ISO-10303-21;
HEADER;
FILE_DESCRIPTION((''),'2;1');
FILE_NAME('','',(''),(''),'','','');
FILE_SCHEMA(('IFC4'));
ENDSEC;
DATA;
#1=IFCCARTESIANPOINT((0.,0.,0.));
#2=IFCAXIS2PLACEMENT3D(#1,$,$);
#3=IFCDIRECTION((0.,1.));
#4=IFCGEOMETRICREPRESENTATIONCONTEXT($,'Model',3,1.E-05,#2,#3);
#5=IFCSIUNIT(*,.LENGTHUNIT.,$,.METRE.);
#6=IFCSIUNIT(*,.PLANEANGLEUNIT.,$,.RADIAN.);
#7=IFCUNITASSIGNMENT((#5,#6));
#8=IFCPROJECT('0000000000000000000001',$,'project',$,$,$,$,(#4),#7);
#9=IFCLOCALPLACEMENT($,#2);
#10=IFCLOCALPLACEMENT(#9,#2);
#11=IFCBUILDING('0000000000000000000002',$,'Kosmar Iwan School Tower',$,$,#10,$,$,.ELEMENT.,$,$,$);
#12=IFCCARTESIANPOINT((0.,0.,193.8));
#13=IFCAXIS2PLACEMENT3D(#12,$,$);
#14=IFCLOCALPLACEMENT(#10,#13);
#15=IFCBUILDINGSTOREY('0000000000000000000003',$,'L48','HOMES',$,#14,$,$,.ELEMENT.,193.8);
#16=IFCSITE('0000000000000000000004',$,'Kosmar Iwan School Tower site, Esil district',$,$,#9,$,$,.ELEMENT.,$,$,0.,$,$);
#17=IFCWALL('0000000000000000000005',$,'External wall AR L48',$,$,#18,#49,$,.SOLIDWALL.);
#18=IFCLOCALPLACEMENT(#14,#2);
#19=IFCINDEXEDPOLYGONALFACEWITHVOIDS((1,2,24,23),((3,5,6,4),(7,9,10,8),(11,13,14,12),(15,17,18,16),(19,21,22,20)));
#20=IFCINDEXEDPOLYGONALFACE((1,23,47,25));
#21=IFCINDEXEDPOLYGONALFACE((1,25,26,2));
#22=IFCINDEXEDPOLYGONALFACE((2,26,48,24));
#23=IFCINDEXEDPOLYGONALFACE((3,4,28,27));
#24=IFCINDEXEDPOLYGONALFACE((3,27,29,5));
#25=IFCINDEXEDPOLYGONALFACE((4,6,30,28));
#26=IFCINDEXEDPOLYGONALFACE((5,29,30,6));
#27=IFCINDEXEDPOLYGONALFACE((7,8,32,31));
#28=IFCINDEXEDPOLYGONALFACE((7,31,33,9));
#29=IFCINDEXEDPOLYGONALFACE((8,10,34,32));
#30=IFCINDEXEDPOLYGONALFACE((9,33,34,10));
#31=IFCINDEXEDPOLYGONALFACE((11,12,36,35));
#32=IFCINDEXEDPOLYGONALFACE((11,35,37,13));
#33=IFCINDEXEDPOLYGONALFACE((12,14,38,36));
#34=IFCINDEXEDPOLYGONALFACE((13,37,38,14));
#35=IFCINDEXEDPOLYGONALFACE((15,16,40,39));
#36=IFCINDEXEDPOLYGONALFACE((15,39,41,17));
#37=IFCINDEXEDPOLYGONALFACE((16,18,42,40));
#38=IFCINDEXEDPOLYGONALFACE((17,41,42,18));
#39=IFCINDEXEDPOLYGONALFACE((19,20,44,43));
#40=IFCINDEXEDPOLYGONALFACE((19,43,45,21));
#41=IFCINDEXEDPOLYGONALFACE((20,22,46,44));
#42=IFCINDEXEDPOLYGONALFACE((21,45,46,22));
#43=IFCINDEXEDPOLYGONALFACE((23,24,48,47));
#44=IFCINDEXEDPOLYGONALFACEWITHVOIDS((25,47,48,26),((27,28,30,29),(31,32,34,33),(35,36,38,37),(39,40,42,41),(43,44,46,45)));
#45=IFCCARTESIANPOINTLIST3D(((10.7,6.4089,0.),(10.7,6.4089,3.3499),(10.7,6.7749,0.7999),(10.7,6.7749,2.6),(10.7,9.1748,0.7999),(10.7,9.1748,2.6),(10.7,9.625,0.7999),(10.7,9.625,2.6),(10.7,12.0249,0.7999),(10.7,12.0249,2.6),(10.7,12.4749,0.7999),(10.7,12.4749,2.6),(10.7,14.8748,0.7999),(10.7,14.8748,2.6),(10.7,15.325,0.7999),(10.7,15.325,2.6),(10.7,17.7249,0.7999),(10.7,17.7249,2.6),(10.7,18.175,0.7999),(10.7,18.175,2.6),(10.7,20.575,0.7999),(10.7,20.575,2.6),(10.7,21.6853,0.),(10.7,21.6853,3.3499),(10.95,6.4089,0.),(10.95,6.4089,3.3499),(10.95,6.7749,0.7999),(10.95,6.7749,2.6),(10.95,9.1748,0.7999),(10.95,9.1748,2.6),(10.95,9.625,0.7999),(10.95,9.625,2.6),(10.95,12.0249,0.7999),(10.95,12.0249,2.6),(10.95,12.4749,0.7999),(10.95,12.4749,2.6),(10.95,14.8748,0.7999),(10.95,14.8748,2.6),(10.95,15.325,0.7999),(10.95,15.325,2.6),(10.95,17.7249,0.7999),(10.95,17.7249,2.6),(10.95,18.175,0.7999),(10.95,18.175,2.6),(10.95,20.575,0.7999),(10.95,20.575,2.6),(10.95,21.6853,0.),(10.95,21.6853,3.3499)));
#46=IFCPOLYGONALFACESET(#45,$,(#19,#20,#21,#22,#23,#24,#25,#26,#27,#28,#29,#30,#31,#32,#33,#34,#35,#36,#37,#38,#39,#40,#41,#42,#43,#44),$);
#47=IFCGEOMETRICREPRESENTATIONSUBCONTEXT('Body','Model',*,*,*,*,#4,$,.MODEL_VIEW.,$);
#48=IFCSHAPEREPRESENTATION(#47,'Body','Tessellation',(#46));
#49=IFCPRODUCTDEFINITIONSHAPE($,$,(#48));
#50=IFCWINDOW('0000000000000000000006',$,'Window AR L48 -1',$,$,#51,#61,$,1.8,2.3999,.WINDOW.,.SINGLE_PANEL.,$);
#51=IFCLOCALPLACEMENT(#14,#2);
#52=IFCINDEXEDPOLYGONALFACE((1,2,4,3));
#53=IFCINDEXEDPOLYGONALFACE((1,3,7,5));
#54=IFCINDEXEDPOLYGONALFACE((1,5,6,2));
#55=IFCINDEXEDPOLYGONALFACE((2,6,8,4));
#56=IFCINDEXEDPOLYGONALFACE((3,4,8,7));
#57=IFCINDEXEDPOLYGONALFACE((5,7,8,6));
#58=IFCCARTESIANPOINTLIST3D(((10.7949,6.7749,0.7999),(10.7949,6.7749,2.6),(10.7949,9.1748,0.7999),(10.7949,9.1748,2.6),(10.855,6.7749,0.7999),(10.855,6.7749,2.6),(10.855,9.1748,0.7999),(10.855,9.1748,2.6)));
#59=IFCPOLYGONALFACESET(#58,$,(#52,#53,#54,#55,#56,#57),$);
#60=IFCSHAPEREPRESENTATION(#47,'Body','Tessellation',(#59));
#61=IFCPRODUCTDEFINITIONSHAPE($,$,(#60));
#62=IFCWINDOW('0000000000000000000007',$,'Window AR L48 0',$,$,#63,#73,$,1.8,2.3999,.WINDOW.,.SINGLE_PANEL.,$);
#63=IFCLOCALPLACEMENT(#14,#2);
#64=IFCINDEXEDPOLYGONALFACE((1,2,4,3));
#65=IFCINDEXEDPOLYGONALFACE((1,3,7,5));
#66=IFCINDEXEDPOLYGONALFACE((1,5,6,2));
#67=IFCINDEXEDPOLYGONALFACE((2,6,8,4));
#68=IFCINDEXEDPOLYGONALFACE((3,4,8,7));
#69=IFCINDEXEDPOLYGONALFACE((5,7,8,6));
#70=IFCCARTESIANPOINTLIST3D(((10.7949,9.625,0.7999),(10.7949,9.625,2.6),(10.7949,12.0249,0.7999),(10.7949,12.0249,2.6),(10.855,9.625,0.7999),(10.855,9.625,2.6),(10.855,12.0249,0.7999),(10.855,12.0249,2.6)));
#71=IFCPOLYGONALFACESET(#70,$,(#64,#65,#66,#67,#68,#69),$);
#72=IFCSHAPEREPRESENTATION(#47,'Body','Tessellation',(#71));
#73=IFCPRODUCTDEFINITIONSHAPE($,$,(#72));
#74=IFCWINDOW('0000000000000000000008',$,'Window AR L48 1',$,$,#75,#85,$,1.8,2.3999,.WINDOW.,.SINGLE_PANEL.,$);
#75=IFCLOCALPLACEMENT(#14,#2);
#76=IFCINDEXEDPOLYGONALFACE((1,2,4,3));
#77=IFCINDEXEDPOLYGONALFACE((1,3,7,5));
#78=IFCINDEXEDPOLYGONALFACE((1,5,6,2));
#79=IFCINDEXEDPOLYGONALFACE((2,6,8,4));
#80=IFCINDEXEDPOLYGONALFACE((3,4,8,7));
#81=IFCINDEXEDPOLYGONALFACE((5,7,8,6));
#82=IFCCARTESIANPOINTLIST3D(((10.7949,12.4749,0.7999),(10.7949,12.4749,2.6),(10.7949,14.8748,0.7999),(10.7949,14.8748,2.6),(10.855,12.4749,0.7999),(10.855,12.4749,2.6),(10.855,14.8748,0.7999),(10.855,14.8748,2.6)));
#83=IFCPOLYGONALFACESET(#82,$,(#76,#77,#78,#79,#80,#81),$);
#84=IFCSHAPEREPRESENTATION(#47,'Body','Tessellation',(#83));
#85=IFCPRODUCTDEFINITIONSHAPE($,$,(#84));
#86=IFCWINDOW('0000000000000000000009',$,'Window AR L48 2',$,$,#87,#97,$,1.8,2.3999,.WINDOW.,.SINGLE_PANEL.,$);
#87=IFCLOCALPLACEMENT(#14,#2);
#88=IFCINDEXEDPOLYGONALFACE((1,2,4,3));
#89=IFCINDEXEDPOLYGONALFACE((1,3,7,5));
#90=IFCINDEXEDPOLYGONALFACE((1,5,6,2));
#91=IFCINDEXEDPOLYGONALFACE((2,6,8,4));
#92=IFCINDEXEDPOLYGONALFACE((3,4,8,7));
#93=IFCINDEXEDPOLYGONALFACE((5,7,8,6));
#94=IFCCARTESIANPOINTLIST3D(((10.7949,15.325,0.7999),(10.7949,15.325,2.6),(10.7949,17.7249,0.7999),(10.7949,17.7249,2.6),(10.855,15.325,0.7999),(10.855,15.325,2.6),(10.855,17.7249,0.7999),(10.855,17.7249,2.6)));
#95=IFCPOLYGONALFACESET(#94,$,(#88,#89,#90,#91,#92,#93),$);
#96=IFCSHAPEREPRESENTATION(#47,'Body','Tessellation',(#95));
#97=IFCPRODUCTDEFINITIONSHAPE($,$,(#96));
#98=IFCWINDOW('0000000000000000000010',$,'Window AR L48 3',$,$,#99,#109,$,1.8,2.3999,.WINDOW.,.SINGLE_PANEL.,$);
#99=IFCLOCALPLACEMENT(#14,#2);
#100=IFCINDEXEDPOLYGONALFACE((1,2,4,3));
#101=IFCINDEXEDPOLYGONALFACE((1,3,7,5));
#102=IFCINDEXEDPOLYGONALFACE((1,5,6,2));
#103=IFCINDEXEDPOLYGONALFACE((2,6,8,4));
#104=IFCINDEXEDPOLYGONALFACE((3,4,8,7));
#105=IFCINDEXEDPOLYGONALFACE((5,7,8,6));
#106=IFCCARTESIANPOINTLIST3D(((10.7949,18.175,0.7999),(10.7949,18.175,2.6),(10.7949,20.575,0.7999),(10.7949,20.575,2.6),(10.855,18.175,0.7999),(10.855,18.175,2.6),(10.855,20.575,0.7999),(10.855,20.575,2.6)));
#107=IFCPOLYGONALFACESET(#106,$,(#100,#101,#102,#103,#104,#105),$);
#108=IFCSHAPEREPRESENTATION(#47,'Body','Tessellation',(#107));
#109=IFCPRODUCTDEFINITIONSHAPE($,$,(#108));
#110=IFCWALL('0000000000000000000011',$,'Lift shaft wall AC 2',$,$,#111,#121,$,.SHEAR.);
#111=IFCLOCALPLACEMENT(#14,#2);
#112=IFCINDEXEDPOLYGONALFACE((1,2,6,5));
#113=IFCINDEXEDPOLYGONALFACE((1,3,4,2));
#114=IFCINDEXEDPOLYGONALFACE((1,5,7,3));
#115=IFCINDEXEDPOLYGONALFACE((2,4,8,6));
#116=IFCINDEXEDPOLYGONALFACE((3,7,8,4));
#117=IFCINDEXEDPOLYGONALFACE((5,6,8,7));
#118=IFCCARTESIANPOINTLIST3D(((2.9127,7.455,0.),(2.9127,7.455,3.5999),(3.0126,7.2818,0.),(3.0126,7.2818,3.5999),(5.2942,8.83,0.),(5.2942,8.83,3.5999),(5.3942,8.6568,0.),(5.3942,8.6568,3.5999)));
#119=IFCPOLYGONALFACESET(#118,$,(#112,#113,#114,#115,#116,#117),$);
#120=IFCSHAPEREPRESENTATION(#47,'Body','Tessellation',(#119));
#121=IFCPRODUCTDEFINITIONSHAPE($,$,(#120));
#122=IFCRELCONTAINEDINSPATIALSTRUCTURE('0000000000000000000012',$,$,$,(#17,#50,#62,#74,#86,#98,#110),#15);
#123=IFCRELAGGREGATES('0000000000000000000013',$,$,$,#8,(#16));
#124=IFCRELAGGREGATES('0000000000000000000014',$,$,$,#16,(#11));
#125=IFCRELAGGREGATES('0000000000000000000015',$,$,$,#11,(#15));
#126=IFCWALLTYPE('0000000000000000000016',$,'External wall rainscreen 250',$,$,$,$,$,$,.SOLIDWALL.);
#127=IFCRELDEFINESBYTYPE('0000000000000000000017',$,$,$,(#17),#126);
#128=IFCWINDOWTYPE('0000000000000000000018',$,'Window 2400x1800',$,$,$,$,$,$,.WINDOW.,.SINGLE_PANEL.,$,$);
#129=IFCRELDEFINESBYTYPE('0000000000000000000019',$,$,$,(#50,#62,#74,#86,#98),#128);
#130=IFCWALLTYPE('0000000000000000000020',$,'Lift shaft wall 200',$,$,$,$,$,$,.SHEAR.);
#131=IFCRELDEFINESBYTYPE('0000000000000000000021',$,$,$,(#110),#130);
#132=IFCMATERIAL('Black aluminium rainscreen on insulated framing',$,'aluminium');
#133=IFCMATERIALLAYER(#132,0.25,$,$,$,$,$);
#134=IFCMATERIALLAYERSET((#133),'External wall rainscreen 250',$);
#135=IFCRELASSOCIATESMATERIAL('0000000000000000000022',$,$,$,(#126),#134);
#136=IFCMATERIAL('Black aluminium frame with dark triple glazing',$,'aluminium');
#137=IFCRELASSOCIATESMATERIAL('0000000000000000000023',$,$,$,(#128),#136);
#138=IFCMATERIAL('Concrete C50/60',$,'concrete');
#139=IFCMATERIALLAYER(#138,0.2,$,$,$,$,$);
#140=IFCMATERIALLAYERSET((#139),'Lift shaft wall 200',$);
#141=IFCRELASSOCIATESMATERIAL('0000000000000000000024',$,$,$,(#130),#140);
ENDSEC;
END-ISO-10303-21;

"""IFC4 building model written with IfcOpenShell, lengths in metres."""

from ifc_helpers import new_model, si_unit, direction, frame, frame_2d, origin, place, context, subcontext, project, spatial, rectangle, extrude, material, layer, layer_set, type_object, element, fill, save


model = new_model("IFC4")

# Units and contexts
model_context = context("Model", 3, precision=1e-05, world=origin(), true_north=direction((0.0, 1.0)))
body_context = subcontext(model_context, "Body", "Model", "MODEL_VIEW")
ifc_project = project(units=[si_unit("LENGTHUNIT", "METRE"), si_unit("PLANEANGLEUNIT", "RADIAN")], contexts=[model_context])

# Site, building, storey
site_placement = place(None, origin())
site = spatial("IfcSite", under=ifc_project, at=site_placement, Name="Kosmar Iwan School Tower site, Esil district", CompositionType="ELEMENT", RefElevation=0.0)
building_placement = place(site_placement, origin())
building = spatial("IfcBuilding", under=site, at=building_placement, Name="Kosmar Iwan School Tower", CompositionType="ELEMENT")
storey_placement = place(building_placement, frame((0.0, 0.0, 193.8)))
storey = spatial("IfcBuildingStorey", under=building, at=storey_placement, Name="L48", Description="HOMES", CompositionType="ELEMENT", Elevation=193.8)

# Wall, openings, windows
ifc_material_1 = material(Name="Black aluminium rainscreen on insulated framing", Category="aluminium")
ifc_layer_1 = layer(ifc_material_1, 0.25)
ifc_layer_set_1 = layer_set([ifc_layer_1], Name="External wall rainscreen 250")
wall_type_1 = type_object("IfcWallType", Name="External wall rainscreen 250", PredefinedType="SOLIDWALL", material=ifc_layer_set_1)
wall_1_placement = place(storey_placement, frame((10.825, 6.4089, 0.0), z_axis=(0.0, 0.0, 1.0), x_axis=(0.0, 1.0, 0.0)))
wall_1 = element("IfcWall", 1, at=wall_1_placement, inside=storey, type_object=wall_type_1, Name="External wall AR L48", PredefinedType="SOLIDWALL", context=body_context, shape_type="SweptSolid", body=[
    extrude(rectangle(XDim=15.2764, YDim=0.25, at=frame_2d((7.6382, 0.0))), origin(), (0.0, 0.0, 1.0), 3.3499),
])
opening_1_placement = place(wall_1_placement, frame((0.366, 0.0, 0.8)))
opening_1 = element("IfcOpeningElement", 2, at=opening_1_placement, cuts=wall_1, PredefinedType="OPENING", context=body_context, shape_type="SweptSolid", body=[
    extrude(rectangle(XDim=2.3999, YDim=1.8, at=frame_2d((1.2, 0.8999))), frame((0.0, 0.137, 0.0), z_axis=(0.0, -1.0, 0.0), x_axis=(1.0, 0.0, 0.0)), (0.0, 0.0, 1.0), 0.2739),
])
opening_2_placement = place(wall_1_placement, frame((3.2161, 0.0, 0.8)))
opening_2 = element("IfcOpeningElement", 3, at=opening_2_placement, cuts=wall_1, PredefinedType="OPENING", context=body_context, shape_type="SweptSolid", body=[
    extrude(rectangle(XDim=2.3999, YDim=1.8, at=frame_2d((1.2, 0.8999))), frame((0.0, 0.137, 0.0), z_axis=(0.0, -1.0, 0.0), x_axis=(1.0, 0.0, 0.0)), (0.0, 0.0, 1.0), 0.2739),
])
opening_3_placement = place(wall_1_placement, frame((6.0659, 0.0, 0.8)))
opening_3 = element("IfcOpeningElement", 4, at=opening_3_placement, cuts=wall_1, PredefinedType="OPENING", context=body_context, shape_type="SweptSolid", body=[
    extrude(rectangle(XDim=2.3999, YDim=1.8, at=frame_2d((1.2, 0.8999))), frame((0.0, 0.137, 0.0), z_axis=(0.0, -1.0, 0.0), x_axis=(1.0, 0.0, 0.0)), (0.0, 0.0, 1.0), 0.2739),
])
opening_4_placement = place(wall_1_placement, frame((8.916, 0.0, 0.8)))
opening_4 = element("IfcOpeningElement", 5, at=opening_4_placement, cuts=wall_1, PredefinedType="OPENING", context=body_context, shape_type="SweptSolid", body=[
    extrude(rectangle(XDim=2.3999, YDim=1.8, at=frame_2d((1.2, 0.8999))), frame((0.0, 0.137, 0.0), z_axis=(0.0, -1.0, 0.0), x_axis=(1.0, 0.0, 0.0)), (0.0, 0.0, 1.0), 0.2739),
])
opening_5_placement = place(wall_1_placement, frame((11.7661, 0.0, 0.8)))
opening_5 = element("IfcOpeningElement", 6, at=opening_5_placement, cuts=wall_1, PredefinedType="OPENING", context=body_context, shape_type="SweptSolid", body=[
    extrude(rectangle(XDim=2.3999, YDim=1.8, at=frame_2d((1.2, 0.8999))), frame((0.0, 0.137, 0.0), z_axis=(0.0, -1.0, 0.0), x_axis=(1.0, 0.0, 0.0)), (0.0, 0.0, 1.0), 0.2739),
])
ifc_material_2 = material(Name="Black aluminium frame with dark triple glazing", Category="aluminium")
window_type = type_object("IfcWindowType", Name="Window 2400x1800", PartitioningType="SINGLE_PANEL", PredefinedType="WINDOW", material=ifc_material_2)
window_1_placement = place(opening_1_placement, origin())
window_1 = element("IfcWindow", 7, at=window_1_placement, inside=storey, type_object=window_type, Name="Window AR L48 -1", OverallHeight=1.8, OverallWidth=2.3999, PartitioningType="SINGLE_PANEL", PredefinedType="WINDOW", context=body_context, shape_type="SweptSolid", body=[
    extrude(rectangle(XDim=2.3999, YDim=1.8, at=frame_2d((1.2, 0.8999))), frame((0.0, 0.03, 0.0), z_axis=(0.0, -1.0, 0.0), x_axis=(1.0, 0.0, 0.0)), (0.0, 0.0, 1.0), 0.0601),
])
fill(opening_1, window_1)
window_2_placement = place(opening_2_placement, origin())
window_2 = element("IfcWindow", 8, at=window_2_placement, inside=storey, type_object=window_type, Name="Window AR L48 0", OverallHeight=1.8, OverallWidth=2.3999, PartitioningType="SINGLE_PANEL", PredefinedType="WINDOW", context=body_context, shape_type="SweptSolid", body=[
    extrude(rectangle(XDim=2.3999, YDim=1.8, at=frame_2d((1.2, 0.8999))), frame((0.0, 0.03, 0.0), z_axis=(0.0, -1.0, 0.0), x_axis=(1.0, 0.0, 0.0)), (0.0, 0.0, 1.0), 0.0601),
])
fill(opening_2, window_2)
window_3_placement = place(opening_3_placement, origin())
window_3 = element("IfcWindow", 9, at=window_3_placement, inside=storey, type_object=window_type, Name="Window AR L48 1", OverallHeight=1.8, OverallWidth=2.3999, PartitioningType="SINGLE_PANEL", PredefinedType="WINDOW", context=body_context, shape_type="SweptSolid", body=[
    extrude(rectangle(XDim=2.3999, YDim=1.8, at=frame_2d((1.2, 0.8999))), frame((0.0, 0.03, 0.0), z_axis=(0.0, -1.0, 0.0), x_axis=(1.0, 0.0, 0.0)), (0.0, 0.0, 1.0), 0.0601),
])
fill(opening_3, window_3)
window_4_placement = place(opening_4_placement, origin())
window_4 = element("IfcWindow", 10, at=window_4_placement, inside=storey, type_object=window_type, Name="Window AR L48 2", OverallHeight=1.8, OverallWidth=2.3999, PartitioningType="SINGLE_PANEL", PredefinedType="WINDOW", context=body_context, shape_type="SweptSolid", body=[
    extrude(rectangle(XDim=2.3999, YDim=1.8, at=frame_2d((1.2, 0.8999))), frame((0.0, 0.03, 0.0), z_axis=(0.0, -1.0, 0.0), x_axis=(1.0, 0.0, 0.0)), (0.0, 0.0, 1.0), 0.0601),
])
fill(opening_4, window_4)
window_5_placement = place(opening_5_placement, origin())
window_5 = element("IfcWindow", 11, at=window_5_placement, inside=storey, type_object=window_type, Name="Window AR L48 3", OverallHeight=1.8, OverallWidth=2.3999, PartitioningType="SINGLE_PANEL", PredefinedType="WINDOW", context=body_context, shape_type="SweptSolid", body=[
    extrude(rectangle(XDim=2.3999, YDim=1.8, at=frame_2d((1.2, 0.8999))), frame((0.0, 0.03, 0.0), z_axis=(0.0, -1.0, 0.0), x_axis=(1.0, 0.0, 0.0)), (0.0, 0.0, 1.0), 0.0601),
])
fill(opening_5, window_5)

# Wall
ifc_material_3 = material(Name="Concrete C50/60", Category="concrete")
ifc_layer_2 = layer(ifc_material_3, 0.2)
ifc_layer_set_2 = layer_set([ifc_layer_2], Name="Lift shaft wall 200")
wall_type_2 = type_object("IfcWallType", Name="Lift shaft wall 200", PredefinedType="SHEAR", material=ifc_layer_set_2)
wall_2_placement = place(storey_placement, frame((2.9626, 7.3684, 0.0), z_axis=(0.0, 0.0, 1.0), x_axis=(0.866027, 0.499997, 0.0)))
element("IfcWall", 12, at=wall_2_placement, inside=storey, type_object=wall_type_2, Name="Lift shaft wall AC 2", PredefinedType="SHEAR", context=body_context, shape_type="SweptSolid", body=[
    extrude(rectangle(XDim=2.75, YDim=0.2, at=frame_2d((1.375, 0.0))), origin(), (0.0, 0.0, 1.0), 3.5999),
])

save(model, "model.ifc")
